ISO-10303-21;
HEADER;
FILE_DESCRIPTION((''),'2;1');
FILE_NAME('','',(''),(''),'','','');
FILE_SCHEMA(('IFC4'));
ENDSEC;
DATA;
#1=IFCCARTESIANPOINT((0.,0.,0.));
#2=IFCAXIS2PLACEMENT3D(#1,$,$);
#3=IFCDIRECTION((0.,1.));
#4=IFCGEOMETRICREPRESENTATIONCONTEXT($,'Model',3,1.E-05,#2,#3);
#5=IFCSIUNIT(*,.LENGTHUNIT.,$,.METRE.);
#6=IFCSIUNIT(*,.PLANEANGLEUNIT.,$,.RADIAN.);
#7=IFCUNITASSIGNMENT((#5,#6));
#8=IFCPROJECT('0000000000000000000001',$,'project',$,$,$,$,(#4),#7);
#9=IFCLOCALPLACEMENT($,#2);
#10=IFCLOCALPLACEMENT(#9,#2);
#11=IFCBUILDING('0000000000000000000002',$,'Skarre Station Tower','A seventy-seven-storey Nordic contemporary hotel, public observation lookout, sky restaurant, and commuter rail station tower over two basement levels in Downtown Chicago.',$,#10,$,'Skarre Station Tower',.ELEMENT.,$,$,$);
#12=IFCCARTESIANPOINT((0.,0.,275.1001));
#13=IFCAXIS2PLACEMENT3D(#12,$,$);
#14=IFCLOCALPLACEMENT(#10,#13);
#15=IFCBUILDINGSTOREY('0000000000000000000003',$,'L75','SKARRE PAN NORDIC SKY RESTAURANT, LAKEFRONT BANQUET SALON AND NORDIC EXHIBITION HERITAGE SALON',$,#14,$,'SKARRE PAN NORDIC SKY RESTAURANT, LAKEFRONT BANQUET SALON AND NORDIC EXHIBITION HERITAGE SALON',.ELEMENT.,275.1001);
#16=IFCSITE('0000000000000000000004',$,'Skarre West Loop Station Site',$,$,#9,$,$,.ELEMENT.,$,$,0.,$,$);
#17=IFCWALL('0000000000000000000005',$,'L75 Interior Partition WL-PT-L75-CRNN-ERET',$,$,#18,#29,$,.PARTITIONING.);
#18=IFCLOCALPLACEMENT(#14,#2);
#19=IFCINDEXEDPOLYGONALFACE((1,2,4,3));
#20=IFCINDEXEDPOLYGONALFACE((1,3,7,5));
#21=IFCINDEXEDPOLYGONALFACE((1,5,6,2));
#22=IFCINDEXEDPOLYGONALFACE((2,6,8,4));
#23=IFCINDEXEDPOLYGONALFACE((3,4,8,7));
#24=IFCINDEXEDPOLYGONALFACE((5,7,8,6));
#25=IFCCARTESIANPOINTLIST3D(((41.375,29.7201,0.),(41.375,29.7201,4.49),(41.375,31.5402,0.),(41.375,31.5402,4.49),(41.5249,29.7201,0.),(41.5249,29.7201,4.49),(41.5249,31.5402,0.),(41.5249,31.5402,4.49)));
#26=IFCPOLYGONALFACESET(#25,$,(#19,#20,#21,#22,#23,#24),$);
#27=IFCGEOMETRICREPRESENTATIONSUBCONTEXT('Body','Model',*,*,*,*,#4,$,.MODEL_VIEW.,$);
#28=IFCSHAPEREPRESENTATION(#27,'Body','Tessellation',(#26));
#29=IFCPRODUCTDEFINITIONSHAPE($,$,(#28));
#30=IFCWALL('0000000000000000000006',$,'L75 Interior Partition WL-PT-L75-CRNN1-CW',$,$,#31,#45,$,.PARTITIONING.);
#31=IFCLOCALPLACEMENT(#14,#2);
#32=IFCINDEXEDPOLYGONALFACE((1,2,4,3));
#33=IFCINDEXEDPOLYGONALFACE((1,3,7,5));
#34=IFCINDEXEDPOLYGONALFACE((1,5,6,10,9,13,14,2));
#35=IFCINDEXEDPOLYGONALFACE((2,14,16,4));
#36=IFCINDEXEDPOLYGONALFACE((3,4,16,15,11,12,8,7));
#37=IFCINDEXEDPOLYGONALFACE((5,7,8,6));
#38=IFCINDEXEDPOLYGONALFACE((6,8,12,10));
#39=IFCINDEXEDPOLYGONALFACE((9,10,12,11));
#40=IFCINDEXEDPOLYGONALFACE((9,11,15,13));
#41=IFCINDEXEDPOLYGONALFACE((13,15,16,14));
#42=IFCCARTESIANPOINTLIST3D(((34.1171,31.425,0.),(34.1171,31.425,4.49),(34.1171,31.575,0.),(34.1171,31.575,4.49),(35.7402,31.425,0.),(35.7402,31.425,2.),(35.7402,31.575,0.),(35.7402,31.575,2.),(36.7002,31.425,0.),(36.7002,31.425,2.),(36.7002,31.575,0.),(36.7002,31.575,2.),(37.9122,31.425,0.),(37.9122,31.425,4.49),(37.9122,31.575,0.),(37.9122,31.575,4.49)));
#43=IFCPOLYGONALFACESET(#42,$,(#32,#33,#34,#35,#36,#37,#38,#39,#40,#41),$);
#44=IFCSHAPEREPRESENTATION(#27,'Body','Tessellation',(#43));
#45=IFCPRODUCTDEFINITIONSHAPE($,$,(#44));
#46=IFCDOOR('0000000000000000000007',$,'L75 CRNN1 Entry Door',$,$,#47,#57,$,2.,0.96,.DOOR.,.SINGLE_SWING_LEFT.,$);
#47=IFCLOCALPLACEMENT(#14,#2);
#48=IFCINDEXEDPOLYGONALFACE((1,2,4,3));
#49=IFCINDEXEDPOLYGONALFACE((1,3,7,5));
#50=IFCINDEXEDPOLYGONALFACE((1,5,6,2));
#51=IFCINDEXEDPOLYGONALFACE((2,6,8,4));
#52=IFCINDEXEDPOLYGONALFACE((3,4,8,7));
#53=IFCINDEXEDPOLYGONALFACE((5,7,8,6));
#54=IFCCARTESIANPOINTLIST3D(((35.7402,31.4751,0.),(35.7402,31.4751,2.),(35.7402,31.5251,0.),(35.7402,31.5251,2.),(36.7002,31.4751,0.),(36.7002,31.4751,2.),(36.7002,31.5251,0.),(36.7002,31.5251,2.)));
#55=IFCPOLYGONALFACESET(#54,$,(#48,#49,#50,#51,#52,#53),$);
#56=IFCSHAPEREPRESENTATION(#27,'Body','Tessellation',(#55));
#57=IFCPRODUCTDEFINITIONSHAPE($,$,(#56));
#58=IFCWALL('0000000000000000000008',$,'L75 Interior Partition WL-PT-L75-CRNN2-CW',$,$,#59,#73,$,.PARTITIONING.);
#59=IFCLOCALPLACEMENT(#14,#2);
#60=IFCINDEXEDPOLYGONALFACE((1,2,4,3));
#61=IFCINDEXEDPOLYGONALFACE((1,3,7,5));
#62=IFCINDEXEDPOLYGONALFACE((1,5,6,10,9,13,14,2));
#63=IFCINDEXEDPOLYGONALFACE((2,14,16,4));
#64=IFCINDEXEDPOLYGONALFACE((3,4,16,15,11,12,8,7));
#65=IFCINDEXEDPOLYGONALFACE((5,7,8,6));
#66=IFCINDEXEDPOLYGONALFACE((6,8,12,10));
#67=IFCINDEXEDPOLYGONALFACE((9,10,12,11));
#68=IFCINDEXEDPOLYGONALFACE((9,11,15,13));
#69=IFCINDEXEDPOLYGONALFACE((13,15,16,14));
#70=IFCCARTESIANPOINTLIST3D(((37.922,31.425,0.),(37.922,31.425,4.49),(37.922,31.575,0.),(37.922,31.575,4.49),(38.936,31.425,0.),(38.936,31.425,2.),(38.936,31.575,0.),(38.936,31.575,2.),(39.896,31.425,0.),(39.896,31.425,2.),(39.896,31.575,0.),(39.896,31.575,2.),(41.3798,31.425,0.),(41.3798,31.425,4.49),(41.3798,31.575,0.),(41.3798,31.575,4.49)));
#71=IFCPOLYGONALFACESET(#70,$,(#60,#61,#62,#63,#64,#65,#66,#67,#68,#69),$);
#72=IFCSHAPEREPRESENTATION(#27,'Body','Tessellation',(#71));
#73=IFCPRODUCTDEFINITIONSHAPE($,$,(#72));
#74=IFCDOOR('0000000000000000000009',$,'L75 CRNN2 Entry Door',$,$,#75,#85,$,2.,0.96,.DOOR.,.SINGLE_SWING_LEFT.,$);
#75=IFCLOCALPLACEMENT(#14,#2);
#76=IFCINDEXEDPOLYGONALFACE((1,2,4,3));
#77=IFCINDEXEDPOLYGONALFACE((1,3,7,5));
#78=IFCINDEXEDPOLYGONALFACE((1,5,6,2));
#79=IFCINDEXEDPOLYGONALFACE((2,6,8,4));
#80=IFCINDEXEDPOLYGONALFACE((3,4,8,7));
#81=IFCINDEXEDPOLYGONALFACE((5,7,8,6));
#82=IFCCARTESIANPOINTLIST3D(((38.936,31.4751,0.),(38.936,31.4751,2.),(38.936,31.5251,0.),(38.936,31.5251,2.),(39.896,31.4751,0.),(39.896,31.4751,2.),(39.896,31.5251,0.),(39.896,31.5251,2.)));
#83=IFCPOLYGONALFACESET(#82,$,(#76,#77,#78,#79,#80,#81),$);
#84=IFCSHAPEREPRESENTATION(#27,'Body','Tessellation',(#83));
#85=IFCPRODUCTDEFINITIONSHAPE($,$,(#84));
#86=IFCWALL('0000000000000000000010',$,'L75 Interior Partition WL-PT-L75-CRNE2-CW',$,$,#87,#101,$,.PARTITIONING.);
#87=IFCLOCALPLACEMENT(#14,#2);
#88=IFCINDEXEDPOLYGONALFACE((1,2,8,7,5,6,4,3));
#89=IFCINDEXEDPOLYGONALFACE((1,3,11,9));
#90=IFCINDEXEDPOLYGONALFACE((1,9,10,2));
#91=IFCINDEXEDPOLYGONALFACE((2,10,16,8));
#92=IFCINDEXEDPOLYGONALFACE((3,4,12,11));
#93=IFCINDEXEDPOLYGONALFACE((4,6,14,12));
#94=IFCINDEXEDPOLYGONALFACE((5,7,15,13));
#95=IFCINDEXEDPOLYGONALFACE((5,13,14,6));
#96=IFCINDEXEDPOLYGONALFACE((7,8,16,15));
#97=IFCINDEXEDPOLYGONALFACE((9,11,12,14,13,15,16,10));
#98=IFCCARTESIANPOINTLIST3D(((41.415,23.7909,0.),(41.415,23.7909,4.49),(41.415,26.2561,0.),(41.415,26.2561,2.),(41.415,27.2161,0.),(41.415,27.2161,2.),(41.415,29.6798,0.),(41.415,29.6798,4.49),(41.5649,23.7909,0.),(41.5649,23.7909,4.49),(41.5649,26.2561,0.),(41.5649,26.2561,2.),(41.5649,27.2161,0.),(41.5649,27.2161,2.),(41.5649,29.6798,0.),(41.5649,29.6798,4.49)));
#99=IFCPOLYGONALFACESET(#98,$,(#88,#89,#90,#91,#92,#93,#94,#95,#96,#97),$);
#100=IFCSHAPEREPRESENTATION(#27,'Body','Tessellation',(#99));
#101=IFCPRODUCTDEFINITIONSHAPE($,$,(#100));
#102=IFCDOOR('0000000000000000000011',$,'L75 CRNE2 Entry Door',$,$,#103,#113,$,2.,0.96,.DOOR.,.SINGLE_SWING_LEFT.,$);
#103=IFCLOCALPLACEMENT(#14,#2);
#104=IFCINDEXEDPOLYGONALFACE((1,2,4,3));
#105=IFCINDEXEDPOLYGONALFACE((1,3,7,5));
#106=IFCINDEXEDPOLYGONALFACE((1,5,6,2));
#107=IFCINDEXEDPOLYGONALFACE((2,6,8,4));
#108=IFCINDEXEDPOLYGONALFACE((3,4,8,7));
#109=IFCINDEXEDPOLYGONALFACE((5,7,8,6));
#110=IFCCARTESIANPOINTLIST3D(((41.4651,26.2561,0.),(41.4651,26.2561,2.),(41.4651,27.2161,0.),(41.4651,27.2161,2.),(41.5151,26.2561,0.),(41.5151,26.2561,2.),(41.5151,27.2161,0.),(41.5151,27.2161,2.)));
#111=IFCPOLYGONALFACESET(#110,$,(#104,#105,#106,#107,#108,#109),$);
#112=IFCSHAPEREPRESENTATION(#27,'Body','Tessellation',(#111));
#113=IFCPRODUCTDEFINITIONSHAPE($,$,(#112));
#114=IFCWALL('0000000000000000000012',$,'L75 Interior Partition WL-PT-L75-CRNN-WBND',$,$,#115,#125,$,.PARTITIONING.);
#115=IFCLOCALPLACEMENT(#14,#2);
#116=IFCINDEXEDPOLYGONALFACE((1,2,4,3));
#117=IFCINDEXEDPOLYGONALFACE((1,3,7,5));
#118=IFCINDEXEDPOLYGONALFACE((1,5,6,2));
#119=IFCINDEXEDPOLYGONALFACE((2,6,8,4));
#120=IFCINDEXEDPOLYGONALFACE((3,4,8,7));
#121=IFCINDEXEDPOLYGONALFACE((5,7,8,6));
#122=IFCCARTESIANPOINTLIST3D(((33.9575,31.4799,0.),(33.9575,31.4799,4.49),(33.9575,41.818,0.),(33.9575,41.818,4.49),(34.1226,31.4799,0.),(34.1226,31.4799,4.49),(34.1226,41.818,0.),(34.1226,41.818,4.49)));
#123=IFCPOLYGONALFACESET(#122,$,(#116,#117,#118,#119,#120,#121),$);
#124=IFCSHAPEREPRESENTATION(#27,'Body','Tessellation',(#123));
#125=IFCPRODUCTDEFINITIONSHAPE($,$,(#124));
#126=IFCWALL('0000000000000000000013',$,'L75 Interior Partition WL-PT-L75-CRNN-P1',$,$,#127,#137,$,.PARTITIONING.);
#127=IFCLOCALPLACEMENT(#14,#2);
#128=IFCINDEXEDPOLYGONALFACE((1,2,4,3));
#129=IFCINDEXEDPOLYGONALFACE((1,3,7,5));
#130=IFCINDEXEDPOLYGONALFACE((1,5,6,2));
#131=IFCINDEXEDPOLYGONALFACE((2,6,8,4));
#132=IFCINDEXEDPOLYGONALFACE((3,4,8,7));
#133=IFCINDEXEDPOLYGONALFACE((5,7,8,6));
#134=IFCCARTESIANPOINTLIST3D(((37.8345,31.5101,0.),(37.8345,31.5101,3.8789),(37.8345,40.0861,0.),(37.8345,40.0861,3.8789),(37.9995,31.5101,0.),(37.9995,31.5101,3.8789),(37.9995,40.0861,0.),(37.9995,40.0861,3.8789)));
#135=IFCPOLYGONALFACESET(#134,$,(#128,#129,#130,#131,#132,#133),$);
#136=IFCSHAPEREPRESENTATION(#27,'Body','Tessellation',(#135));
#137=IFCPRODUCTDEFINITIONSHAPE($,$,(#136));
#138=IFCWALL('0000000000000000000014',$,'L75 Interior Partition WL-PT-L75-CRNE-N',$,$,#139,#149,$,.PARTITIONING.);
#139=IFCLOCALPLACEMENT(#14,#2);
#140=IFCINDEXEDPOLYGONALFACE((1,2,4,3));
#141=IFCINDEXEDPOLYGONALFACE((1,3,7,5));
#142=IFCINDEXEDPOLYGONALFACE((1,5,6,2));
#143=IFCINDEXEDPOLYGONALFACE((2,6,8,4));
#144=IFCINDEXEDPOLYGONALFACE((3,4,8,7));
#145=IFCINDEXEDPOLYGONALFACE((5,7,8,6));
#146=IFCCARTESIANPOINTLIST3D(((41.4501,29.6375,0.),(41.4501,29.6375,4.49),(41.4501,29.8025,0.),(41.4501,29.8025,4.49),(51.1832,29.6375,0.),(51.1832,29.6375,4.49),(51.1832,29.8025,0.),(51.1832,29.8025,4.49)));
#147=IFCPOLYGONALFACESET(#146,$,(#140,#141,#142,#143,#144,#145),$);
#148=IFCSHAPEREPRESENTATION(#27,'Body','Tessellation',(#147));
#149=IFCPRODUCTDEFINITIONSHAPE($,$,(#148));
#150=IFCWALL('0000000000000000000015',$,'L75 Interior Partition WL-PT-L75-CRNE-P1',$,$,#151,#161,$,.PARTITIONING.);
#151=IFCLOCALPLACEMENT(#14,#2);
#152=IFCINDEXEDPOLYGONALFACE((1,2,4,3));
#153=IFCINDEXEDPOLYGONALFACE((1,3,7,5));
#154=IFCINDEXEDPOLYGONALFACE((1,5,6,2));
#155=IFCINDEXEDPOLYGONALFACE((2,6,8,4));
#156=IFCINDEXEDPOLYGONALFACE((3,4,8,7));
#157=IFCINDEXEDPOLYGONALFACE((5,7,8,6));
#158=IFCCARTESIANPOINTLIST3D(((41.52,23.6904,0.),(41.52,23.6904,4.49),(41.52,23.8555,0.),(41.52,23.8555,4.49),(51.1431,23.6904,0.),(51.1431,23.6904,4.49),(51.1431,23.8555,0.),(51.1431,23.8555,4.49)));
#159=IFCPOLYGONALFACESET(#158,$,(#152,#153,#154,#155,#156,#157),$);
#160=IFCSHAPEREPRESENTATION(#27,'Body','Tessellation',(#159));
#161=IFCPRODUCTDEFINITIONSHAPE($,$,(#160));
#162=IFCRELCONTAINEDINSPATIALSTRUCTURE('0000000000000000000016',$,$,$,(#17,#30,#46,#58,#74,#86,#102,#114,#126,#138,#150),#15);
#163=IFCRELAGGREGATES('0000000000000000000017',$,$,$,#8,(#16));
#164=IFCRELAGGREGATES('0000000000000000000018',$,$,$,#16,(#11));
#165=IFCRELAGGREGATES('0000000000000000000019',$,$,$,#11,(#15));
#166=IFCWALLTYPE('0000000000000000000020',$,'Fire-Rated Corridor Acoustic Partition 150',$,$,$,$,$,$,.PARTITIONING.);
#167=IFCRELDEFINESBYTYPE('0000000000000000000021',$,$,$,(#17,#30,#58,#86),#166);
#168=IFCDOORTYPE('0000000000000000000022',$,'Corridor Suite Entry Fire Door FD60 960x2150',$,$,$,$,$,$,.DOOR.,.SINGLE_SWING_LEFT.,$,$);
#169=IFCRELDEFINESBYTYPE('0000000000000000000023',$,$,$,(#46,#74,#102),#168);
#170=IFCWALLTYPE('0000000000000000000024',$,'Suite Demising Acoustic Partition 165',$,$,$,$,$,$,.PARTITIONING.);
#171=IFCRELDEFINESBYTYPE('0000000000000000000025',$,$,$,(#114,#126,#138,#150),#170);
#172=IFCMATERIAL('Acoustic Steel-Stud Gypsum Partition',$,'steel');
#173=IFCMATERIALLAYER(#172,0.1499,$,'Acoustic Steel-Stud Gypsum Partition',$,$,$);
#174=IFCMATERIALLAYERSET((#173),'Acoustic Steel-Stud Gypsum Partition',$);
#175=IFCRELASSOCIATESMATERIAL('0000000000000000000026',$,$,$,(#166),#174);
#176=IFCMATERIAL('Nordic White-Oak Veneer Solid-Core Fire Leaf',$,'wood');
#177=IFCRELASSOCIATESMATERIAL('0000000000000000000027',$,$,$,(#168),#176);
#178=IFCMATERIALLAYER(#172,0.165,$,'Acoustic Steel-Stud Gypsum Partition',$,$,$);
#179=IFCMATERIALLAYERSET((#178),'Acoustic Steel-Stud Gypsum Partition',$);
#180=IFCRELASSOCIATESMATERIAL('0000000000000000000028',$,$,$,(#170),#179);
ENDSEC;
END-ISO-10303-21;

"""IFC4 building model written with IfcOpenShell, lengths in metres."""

from ifc_helpers import new_model, si_unit, direction, frame, frame_2d, origin, place, context, subcontext, project, spatial, rectangle, extrude, material, layer, layer_set, type_object, element, fill, save


model = new_model("IFC4")

# Units and contexts
model_context = context("Model", 3, precision=1e-05, world=origin(), true_north=direction((0.0, 1.0)))
body_context = subcontext(model_context, "Body", "Model", "MODEL_VIEW")
ifc_project = project(units=[si_unit("LENGTHUNIT", "METRE"), si_unit("PLANEANGLEUNIT", "RADIAN")], contexts=[model_context])

# Site, building, storey
site_placement = place(None, origin())
site = spatial("IfcSite", under=ifc_project, at=site_placement, Name="Skarre West Loop Station Site", CompositionType="ELEMENT", RefElevation=0.0)
building_placement = place(site_placement, origin())
building = spatial("IfcBuilding", under=site, at=building_placement, Name="Skarre Station Tower", Description="A seventy-seven-storey Nordic contemporary hotel, public observation lookout, sky restaurant, and commuter rail station tower over two basement levels in Downtown Chicago.", LongName="Skarre Station Tower", CompositionType="ELEMENT")
storey_placement = place(building_placement, frame((0.0, 0.0, 275.1001)))
storey = spatial("IfcBuildingStorey", under=building, at=storey_placement, Name="L75", Description="SKARRE PAN NORDIC SKY RESTAURANT, LAKEFRONT BANQUET SALON AND NORDIC EXHIBITION HERITAGE SALON", LongName="SKARRE PAN NORDIC SKY RESTAURANT, LAKEFRONT BANQUET SALON AND NORDIC EXHIBITION HERITAGE SALON", CompositionType="ELEMENT", Elevation=275.1001)

# Wall
ifc_material_1 = material(Name="Acoustic Steel-Stud Gypsum Partition", Category="steel")
ifc_layer_1 = layer(ifc_material_1, 0.1499, Name="Acoustic Steel-Stud Gypsum Partition")
ifc_layer_set_1 = layer_set([ifc_layer_1], Name="Acoustic Steel-Stud Gypsum Partition")
wall_type_1 = type_object("IfcWallType", Name="Fire-Rated Corridor Acoustic Partition 150", PredefinedType="PARTITIONING", material=ifc_layer_set_1)
wall_1_placement = place(storey_placement, frame((41.45, 29.72, 0.0), z_axis=(0.0, 0.0, 1.0), x_axis=(0.0, 1.0, 0.0)))
element("IfcWall", 1, at=wall_1_placement, inside=storey, type_object=wall_type_1, Name="L75 Interior Partition WL-PT-L75-CRNN-ERET", PredefinedType="PARTITIONING", context=body_context, shape_type="SweptSolid", body=[
    extrude(rectangle(XDim=1.8201, YDim=0.1499, at=frame_2d((0.9102, 0.0))), origin(), (0.0, 0.0, 1.0), 4.49),
])

# Walls, openings, doors
wall_2_placement = place(storey_placement, frame((37.9121, 31.5, 0.0), z_axis=(0.0, 0.0, 1.0), x_axis=(-1.0, 0.0, 0.0)))
wall_2 = element("IfcWall", 2, at=wall_2_placement, inside=storey, type_object=wall_type_1, Name="L75 Interior Partition WL-PT-L75-CRNN1-CW", PredefinedType="PARTITIONING", context=body_context, shape_type="SweptSolid", body=[
    extrude(rectangle(XDim=3.7952, YDim=0.1499, at=frame_2d((1.8975, 0.0))), origin(), (0.0, 0.0, 1.0), 4.49),
])
opening_1_placement = place(wall_2_placement, frame((1.2119, 0.0, 0.0)))
opening_1 = element("IfcOpeningElement", 3, at=opening_1_placement, cuts=wall_2, PredefinedType="OPENING", context=body_context, shape_type="SweptSolid", body=[
    extrude(rectangle(XDim=0.96, YDim=2.0, at=frame_2d((0.48, 1.0))), frame((0.0, 0.085, 0.0), z_axis=(0.0, -1.0, 0.0), x_axis=(1.0, 0.0, 0.0)), (0.0, 0.0, 1.0), 0.1699),
])
ifc_material_2 = material(Name="Nordic White-Oak Veneer Solid-Core Fire Leaf", Category="wood")
door_type = type_object("IfcDoorType", Name="Corridor Suite Entry Fire Door FD60 960x2150", OperationType="SINGLE_SWING_LEFT", PredefinedType="DOOR", material=ifc_material_2)
door_1_placement = place(opening_1_placement, origin())
door_1 = element("IfcDoor", 4, at=door_1_placement, inside=storey, type_object=door_type, Name="L75 CRNN1 Entry Door", OperationType="SINGLE_SWING_LEFT", OverallHeight=2.0, OverallWidth=0.96, PredefinedType="DOOR", context=body_context, shape_type="SweptSolid", body=[
    extrude(rectangle(XDim=0.96, YDim=2.0, at=frame_2d((0.48, 1.0))), frame((0.0, 0.0249, 0.0), z_axis=(0.0, -1.0, 0.0), x_axis=(1.0, 0.0, 0.0)), (0.0, 0.0, 1.0), 0.05),
])
fill(opening_1, door_1)
wall_3_placement = place(storey_placement, frame((41.3799, 31.5, 0.0), z_axis=(0.0, 0.0, 1.0), x_axis=(-1.0, 0.0, 0.0)))
wall_3 = element("IfcWall", 5, at=wall_3_placement, inside=storey, type_object=wall_type_1, Name="L75 Interior Partition WL-PT-L75-CRNN2-CW", PredefinedType="PARTITIONING", context=body_context, shape_type="SweptSolid", body=[
    extrude(rectangle(XDim=3.4578, YDim=0.1499, at=frame_2d((1.729, 0.0))), origin(), (0.0, 0.0, 1.0), 4.49),
])
opening_2_placement = place(wall_3_placement, frame((1.4839, 0.0, 0.0)))
opening_2 = element("IfcOpeningElement", 6, at=opening_2_placement, cuts=wall_3, PredefinedType="OPENING", context=body_context, shape_type="SweptSolid", body=[
    extrude(rectangle(XDim=0.96, YDim=2.0, at=frame_2d((0.48, 1.0))), frame((0.0, 0.085, 0.0), z_axis=(0.0, -1.0, 0.0), x_axis=(1.0, 0.0, 0.0)), (0.0, 0.0, 1.0), 0.1699),
])
door_2_placement = place(opening_2_placement, origin())
door_2 = element("IfcDoor", 7, at=door_2_placement, inside=storey, type_object=door_type, Name="L75 CRNN2 Entry Door", OperationType="SINGLE_SWING_LEFT", OverallHeight=2.0, OverallWidth=0.96, PredefinedType="DOOR", context=body_context, shape_type="SweptSolid", body=[
    extrude(rectangle(XDim=0.96, YDim=2.0, at=frame_2d((0.48, 1.0))), frame((0.0, 0.0249, 0.0), z_axis=(0.0, -1.0, 0.0), x_axis=(1.0, 0.0, 0.0)), (0.0, 0.0, 1.0), 0.05),
])
fill(opening_2, door_2)
wall_4_placement = place(storey_placement, frame((41.49, 23.791, 0.0), z_axis=(0.0, 0.0, 1.0), x_axis=(0.0, 1.0, 0.0)))
wall_4 = element("IfcWall", 8, at=wall_4_placement, inside=storey, type_object=wall_type_1, Name="L75 Interior Partition WL-PT-L75-CRNE2-CW", PredefinedType="PARTITIONING", context=body_context, shape_type="SweptSolid", body=[
    extrude(rectangle(XDim=5.8889, YDim=0.1499, at=frame_2d((2.9443, 0.0))), origin(), (0.0, 0.0, 1.0), 4.49),
])
opening_3_placement = place(wall_4_placement, frame((2.4651, 0.0, 0.0)))
opening_3 = element("IfcOpeningElement", 9, at=opening_3_placement, cuts=wall_4, PredefinedType="OPENING", context=body_context, shape_type="SweptSolid", body=[
    extrude(rectangle(XDim=0.96, YDim=2.0, at=frame_2d((0.48, 1.0))), frame((0.0, 0.085, 0.0), z_axis=(0.0, -1.0, 0.0), x_axis=(1.0, 0.0, 0.0)), (0.0, 0.0, 1.0), 0.1699),
])
door_3_placement = place(opening_3_placement, origin())
door_3 = element("IfcDoor", 10, at=door_3_placement, inside=storey, type_object=door_type, Name="L75 CRNE2 Entry Door", OperationType="SINGLE_SWING_LEFT", OverallHeight=2.0, OverallWidth=0.96, PredefinedType="DOOR", context=body_context, shape_type="SweptSolid", body=[
    extrude(rectangle(XDim=0.96, YDim=2.0, at=frame_2d((0.48, 1.0))), frame((0.0, 0.0249, 0.0), z_axis=(0.0, -1.0, 0.0), x_axis=(1.0, 0.0, 0.0)), (0.0, 0.0, 1.0), 0.05),
])
fill(opening_3, door_3)

# Walls
ifc_layer_2 = layer(ifc_material_1, 0.165, Name="Acoustic Steel-Stud Gypsum Partition")
ifc_layer_set_2 = layer_set([ifc_layer_2], Name="Acoustic Steel-Stud Gypsum Partition")
wall_type_2 = type_object("IfcWallType", Name="Suite Demising Acoustic Partition 165", PredefinedType="PARTITIONING", material=ifc_layer_set_2)
wall_5_placement = place(storey_placement, frame((34.04, 31.48, 0.0), z_axis=(0.0, 0.0, 1.0), x_axis=(0.0, 1.0, 0.0)))
element("IfcWall", 11, at=wall_5_placement, inside=storey, type_object=wall_type_2, Name="L75 Interior Partition WL-PT-L75-CRNN-WBND", PredefinedType="PARTITIONING", context=body_context, shape_type="SweptSolid", body=[
    extrude(rectangle(XDim=10.3381, YDim=0.165, at=frame_2d((5.1689, 0.0))), origin(), (0.0, 0.0, 1.0), 4.49),
])
wall_6_placement = place(storey_placement, frame((37.917, 31.51, 0.0), z_axis=(0.0, 0.0, 1.0), x_axis=(0.0, 1.0, 0.0)))
element("IfcWall", 12, at=wall_6_placement, inside=storey, type_object=wall_type_2, Name="L75 Interior Partition WL-PT-L75-CRNN-P1", PredefinedType="PARTITIONING", context=body_context, shape_type="SweptSolid", body=[
    extrude(rectangle(XDim=8.5759, YDim=0.165, at=frame_2d((4.2881, 0.0))), origin(), (0.0, 0.0, 1.0), 3.8789),
])
wall_7_placement = place(storey_placement, frame((41.45, 29.72, 0.0), z_axis=(0.0, 0.0, 1.0), x_axis=(1.0, 0.0, 0.0)))
element("IfcWall", 13, at=wall_7_placement, inside=storey, type_object=wall_type_2, Name="L75 Interior Partition WL-PT-L75-CRNE-N", PredefinedType="PARTITIONING", context=body_context, shape_type="SweptSolid", body=[
    extrude(rectangle(XDim=9.7332, YDim=0.165, at=frame_2d((4.8667, 0.0))), origin(), (0.0, 0.0, 1.0), 4.49),
])
wall_8_placement = place(storey_placement, frame((41.52, 23.7729, 0.0), z_axis=(0.0, 0.0, 1.0), x_axis=(1.0, 0.0, 0.0)))
element("IfcWall", 14, at=wall_8_placement, inside=storey, type_object=wall_type_2, Name="L75 Interior Partition WL-PT-L75-CRNE-P1", PredefinedType="PARTITIONING", context=body_context, shape_type="SweptSolid", body=[
    extrude(rectangle(XDim=9.623, YDim=0.165, at=frame_2d((4.8115, 0.0))), origin(), (0.0, 0.0, 1.0), 4.49),
])

save(model, "model.ifc")
